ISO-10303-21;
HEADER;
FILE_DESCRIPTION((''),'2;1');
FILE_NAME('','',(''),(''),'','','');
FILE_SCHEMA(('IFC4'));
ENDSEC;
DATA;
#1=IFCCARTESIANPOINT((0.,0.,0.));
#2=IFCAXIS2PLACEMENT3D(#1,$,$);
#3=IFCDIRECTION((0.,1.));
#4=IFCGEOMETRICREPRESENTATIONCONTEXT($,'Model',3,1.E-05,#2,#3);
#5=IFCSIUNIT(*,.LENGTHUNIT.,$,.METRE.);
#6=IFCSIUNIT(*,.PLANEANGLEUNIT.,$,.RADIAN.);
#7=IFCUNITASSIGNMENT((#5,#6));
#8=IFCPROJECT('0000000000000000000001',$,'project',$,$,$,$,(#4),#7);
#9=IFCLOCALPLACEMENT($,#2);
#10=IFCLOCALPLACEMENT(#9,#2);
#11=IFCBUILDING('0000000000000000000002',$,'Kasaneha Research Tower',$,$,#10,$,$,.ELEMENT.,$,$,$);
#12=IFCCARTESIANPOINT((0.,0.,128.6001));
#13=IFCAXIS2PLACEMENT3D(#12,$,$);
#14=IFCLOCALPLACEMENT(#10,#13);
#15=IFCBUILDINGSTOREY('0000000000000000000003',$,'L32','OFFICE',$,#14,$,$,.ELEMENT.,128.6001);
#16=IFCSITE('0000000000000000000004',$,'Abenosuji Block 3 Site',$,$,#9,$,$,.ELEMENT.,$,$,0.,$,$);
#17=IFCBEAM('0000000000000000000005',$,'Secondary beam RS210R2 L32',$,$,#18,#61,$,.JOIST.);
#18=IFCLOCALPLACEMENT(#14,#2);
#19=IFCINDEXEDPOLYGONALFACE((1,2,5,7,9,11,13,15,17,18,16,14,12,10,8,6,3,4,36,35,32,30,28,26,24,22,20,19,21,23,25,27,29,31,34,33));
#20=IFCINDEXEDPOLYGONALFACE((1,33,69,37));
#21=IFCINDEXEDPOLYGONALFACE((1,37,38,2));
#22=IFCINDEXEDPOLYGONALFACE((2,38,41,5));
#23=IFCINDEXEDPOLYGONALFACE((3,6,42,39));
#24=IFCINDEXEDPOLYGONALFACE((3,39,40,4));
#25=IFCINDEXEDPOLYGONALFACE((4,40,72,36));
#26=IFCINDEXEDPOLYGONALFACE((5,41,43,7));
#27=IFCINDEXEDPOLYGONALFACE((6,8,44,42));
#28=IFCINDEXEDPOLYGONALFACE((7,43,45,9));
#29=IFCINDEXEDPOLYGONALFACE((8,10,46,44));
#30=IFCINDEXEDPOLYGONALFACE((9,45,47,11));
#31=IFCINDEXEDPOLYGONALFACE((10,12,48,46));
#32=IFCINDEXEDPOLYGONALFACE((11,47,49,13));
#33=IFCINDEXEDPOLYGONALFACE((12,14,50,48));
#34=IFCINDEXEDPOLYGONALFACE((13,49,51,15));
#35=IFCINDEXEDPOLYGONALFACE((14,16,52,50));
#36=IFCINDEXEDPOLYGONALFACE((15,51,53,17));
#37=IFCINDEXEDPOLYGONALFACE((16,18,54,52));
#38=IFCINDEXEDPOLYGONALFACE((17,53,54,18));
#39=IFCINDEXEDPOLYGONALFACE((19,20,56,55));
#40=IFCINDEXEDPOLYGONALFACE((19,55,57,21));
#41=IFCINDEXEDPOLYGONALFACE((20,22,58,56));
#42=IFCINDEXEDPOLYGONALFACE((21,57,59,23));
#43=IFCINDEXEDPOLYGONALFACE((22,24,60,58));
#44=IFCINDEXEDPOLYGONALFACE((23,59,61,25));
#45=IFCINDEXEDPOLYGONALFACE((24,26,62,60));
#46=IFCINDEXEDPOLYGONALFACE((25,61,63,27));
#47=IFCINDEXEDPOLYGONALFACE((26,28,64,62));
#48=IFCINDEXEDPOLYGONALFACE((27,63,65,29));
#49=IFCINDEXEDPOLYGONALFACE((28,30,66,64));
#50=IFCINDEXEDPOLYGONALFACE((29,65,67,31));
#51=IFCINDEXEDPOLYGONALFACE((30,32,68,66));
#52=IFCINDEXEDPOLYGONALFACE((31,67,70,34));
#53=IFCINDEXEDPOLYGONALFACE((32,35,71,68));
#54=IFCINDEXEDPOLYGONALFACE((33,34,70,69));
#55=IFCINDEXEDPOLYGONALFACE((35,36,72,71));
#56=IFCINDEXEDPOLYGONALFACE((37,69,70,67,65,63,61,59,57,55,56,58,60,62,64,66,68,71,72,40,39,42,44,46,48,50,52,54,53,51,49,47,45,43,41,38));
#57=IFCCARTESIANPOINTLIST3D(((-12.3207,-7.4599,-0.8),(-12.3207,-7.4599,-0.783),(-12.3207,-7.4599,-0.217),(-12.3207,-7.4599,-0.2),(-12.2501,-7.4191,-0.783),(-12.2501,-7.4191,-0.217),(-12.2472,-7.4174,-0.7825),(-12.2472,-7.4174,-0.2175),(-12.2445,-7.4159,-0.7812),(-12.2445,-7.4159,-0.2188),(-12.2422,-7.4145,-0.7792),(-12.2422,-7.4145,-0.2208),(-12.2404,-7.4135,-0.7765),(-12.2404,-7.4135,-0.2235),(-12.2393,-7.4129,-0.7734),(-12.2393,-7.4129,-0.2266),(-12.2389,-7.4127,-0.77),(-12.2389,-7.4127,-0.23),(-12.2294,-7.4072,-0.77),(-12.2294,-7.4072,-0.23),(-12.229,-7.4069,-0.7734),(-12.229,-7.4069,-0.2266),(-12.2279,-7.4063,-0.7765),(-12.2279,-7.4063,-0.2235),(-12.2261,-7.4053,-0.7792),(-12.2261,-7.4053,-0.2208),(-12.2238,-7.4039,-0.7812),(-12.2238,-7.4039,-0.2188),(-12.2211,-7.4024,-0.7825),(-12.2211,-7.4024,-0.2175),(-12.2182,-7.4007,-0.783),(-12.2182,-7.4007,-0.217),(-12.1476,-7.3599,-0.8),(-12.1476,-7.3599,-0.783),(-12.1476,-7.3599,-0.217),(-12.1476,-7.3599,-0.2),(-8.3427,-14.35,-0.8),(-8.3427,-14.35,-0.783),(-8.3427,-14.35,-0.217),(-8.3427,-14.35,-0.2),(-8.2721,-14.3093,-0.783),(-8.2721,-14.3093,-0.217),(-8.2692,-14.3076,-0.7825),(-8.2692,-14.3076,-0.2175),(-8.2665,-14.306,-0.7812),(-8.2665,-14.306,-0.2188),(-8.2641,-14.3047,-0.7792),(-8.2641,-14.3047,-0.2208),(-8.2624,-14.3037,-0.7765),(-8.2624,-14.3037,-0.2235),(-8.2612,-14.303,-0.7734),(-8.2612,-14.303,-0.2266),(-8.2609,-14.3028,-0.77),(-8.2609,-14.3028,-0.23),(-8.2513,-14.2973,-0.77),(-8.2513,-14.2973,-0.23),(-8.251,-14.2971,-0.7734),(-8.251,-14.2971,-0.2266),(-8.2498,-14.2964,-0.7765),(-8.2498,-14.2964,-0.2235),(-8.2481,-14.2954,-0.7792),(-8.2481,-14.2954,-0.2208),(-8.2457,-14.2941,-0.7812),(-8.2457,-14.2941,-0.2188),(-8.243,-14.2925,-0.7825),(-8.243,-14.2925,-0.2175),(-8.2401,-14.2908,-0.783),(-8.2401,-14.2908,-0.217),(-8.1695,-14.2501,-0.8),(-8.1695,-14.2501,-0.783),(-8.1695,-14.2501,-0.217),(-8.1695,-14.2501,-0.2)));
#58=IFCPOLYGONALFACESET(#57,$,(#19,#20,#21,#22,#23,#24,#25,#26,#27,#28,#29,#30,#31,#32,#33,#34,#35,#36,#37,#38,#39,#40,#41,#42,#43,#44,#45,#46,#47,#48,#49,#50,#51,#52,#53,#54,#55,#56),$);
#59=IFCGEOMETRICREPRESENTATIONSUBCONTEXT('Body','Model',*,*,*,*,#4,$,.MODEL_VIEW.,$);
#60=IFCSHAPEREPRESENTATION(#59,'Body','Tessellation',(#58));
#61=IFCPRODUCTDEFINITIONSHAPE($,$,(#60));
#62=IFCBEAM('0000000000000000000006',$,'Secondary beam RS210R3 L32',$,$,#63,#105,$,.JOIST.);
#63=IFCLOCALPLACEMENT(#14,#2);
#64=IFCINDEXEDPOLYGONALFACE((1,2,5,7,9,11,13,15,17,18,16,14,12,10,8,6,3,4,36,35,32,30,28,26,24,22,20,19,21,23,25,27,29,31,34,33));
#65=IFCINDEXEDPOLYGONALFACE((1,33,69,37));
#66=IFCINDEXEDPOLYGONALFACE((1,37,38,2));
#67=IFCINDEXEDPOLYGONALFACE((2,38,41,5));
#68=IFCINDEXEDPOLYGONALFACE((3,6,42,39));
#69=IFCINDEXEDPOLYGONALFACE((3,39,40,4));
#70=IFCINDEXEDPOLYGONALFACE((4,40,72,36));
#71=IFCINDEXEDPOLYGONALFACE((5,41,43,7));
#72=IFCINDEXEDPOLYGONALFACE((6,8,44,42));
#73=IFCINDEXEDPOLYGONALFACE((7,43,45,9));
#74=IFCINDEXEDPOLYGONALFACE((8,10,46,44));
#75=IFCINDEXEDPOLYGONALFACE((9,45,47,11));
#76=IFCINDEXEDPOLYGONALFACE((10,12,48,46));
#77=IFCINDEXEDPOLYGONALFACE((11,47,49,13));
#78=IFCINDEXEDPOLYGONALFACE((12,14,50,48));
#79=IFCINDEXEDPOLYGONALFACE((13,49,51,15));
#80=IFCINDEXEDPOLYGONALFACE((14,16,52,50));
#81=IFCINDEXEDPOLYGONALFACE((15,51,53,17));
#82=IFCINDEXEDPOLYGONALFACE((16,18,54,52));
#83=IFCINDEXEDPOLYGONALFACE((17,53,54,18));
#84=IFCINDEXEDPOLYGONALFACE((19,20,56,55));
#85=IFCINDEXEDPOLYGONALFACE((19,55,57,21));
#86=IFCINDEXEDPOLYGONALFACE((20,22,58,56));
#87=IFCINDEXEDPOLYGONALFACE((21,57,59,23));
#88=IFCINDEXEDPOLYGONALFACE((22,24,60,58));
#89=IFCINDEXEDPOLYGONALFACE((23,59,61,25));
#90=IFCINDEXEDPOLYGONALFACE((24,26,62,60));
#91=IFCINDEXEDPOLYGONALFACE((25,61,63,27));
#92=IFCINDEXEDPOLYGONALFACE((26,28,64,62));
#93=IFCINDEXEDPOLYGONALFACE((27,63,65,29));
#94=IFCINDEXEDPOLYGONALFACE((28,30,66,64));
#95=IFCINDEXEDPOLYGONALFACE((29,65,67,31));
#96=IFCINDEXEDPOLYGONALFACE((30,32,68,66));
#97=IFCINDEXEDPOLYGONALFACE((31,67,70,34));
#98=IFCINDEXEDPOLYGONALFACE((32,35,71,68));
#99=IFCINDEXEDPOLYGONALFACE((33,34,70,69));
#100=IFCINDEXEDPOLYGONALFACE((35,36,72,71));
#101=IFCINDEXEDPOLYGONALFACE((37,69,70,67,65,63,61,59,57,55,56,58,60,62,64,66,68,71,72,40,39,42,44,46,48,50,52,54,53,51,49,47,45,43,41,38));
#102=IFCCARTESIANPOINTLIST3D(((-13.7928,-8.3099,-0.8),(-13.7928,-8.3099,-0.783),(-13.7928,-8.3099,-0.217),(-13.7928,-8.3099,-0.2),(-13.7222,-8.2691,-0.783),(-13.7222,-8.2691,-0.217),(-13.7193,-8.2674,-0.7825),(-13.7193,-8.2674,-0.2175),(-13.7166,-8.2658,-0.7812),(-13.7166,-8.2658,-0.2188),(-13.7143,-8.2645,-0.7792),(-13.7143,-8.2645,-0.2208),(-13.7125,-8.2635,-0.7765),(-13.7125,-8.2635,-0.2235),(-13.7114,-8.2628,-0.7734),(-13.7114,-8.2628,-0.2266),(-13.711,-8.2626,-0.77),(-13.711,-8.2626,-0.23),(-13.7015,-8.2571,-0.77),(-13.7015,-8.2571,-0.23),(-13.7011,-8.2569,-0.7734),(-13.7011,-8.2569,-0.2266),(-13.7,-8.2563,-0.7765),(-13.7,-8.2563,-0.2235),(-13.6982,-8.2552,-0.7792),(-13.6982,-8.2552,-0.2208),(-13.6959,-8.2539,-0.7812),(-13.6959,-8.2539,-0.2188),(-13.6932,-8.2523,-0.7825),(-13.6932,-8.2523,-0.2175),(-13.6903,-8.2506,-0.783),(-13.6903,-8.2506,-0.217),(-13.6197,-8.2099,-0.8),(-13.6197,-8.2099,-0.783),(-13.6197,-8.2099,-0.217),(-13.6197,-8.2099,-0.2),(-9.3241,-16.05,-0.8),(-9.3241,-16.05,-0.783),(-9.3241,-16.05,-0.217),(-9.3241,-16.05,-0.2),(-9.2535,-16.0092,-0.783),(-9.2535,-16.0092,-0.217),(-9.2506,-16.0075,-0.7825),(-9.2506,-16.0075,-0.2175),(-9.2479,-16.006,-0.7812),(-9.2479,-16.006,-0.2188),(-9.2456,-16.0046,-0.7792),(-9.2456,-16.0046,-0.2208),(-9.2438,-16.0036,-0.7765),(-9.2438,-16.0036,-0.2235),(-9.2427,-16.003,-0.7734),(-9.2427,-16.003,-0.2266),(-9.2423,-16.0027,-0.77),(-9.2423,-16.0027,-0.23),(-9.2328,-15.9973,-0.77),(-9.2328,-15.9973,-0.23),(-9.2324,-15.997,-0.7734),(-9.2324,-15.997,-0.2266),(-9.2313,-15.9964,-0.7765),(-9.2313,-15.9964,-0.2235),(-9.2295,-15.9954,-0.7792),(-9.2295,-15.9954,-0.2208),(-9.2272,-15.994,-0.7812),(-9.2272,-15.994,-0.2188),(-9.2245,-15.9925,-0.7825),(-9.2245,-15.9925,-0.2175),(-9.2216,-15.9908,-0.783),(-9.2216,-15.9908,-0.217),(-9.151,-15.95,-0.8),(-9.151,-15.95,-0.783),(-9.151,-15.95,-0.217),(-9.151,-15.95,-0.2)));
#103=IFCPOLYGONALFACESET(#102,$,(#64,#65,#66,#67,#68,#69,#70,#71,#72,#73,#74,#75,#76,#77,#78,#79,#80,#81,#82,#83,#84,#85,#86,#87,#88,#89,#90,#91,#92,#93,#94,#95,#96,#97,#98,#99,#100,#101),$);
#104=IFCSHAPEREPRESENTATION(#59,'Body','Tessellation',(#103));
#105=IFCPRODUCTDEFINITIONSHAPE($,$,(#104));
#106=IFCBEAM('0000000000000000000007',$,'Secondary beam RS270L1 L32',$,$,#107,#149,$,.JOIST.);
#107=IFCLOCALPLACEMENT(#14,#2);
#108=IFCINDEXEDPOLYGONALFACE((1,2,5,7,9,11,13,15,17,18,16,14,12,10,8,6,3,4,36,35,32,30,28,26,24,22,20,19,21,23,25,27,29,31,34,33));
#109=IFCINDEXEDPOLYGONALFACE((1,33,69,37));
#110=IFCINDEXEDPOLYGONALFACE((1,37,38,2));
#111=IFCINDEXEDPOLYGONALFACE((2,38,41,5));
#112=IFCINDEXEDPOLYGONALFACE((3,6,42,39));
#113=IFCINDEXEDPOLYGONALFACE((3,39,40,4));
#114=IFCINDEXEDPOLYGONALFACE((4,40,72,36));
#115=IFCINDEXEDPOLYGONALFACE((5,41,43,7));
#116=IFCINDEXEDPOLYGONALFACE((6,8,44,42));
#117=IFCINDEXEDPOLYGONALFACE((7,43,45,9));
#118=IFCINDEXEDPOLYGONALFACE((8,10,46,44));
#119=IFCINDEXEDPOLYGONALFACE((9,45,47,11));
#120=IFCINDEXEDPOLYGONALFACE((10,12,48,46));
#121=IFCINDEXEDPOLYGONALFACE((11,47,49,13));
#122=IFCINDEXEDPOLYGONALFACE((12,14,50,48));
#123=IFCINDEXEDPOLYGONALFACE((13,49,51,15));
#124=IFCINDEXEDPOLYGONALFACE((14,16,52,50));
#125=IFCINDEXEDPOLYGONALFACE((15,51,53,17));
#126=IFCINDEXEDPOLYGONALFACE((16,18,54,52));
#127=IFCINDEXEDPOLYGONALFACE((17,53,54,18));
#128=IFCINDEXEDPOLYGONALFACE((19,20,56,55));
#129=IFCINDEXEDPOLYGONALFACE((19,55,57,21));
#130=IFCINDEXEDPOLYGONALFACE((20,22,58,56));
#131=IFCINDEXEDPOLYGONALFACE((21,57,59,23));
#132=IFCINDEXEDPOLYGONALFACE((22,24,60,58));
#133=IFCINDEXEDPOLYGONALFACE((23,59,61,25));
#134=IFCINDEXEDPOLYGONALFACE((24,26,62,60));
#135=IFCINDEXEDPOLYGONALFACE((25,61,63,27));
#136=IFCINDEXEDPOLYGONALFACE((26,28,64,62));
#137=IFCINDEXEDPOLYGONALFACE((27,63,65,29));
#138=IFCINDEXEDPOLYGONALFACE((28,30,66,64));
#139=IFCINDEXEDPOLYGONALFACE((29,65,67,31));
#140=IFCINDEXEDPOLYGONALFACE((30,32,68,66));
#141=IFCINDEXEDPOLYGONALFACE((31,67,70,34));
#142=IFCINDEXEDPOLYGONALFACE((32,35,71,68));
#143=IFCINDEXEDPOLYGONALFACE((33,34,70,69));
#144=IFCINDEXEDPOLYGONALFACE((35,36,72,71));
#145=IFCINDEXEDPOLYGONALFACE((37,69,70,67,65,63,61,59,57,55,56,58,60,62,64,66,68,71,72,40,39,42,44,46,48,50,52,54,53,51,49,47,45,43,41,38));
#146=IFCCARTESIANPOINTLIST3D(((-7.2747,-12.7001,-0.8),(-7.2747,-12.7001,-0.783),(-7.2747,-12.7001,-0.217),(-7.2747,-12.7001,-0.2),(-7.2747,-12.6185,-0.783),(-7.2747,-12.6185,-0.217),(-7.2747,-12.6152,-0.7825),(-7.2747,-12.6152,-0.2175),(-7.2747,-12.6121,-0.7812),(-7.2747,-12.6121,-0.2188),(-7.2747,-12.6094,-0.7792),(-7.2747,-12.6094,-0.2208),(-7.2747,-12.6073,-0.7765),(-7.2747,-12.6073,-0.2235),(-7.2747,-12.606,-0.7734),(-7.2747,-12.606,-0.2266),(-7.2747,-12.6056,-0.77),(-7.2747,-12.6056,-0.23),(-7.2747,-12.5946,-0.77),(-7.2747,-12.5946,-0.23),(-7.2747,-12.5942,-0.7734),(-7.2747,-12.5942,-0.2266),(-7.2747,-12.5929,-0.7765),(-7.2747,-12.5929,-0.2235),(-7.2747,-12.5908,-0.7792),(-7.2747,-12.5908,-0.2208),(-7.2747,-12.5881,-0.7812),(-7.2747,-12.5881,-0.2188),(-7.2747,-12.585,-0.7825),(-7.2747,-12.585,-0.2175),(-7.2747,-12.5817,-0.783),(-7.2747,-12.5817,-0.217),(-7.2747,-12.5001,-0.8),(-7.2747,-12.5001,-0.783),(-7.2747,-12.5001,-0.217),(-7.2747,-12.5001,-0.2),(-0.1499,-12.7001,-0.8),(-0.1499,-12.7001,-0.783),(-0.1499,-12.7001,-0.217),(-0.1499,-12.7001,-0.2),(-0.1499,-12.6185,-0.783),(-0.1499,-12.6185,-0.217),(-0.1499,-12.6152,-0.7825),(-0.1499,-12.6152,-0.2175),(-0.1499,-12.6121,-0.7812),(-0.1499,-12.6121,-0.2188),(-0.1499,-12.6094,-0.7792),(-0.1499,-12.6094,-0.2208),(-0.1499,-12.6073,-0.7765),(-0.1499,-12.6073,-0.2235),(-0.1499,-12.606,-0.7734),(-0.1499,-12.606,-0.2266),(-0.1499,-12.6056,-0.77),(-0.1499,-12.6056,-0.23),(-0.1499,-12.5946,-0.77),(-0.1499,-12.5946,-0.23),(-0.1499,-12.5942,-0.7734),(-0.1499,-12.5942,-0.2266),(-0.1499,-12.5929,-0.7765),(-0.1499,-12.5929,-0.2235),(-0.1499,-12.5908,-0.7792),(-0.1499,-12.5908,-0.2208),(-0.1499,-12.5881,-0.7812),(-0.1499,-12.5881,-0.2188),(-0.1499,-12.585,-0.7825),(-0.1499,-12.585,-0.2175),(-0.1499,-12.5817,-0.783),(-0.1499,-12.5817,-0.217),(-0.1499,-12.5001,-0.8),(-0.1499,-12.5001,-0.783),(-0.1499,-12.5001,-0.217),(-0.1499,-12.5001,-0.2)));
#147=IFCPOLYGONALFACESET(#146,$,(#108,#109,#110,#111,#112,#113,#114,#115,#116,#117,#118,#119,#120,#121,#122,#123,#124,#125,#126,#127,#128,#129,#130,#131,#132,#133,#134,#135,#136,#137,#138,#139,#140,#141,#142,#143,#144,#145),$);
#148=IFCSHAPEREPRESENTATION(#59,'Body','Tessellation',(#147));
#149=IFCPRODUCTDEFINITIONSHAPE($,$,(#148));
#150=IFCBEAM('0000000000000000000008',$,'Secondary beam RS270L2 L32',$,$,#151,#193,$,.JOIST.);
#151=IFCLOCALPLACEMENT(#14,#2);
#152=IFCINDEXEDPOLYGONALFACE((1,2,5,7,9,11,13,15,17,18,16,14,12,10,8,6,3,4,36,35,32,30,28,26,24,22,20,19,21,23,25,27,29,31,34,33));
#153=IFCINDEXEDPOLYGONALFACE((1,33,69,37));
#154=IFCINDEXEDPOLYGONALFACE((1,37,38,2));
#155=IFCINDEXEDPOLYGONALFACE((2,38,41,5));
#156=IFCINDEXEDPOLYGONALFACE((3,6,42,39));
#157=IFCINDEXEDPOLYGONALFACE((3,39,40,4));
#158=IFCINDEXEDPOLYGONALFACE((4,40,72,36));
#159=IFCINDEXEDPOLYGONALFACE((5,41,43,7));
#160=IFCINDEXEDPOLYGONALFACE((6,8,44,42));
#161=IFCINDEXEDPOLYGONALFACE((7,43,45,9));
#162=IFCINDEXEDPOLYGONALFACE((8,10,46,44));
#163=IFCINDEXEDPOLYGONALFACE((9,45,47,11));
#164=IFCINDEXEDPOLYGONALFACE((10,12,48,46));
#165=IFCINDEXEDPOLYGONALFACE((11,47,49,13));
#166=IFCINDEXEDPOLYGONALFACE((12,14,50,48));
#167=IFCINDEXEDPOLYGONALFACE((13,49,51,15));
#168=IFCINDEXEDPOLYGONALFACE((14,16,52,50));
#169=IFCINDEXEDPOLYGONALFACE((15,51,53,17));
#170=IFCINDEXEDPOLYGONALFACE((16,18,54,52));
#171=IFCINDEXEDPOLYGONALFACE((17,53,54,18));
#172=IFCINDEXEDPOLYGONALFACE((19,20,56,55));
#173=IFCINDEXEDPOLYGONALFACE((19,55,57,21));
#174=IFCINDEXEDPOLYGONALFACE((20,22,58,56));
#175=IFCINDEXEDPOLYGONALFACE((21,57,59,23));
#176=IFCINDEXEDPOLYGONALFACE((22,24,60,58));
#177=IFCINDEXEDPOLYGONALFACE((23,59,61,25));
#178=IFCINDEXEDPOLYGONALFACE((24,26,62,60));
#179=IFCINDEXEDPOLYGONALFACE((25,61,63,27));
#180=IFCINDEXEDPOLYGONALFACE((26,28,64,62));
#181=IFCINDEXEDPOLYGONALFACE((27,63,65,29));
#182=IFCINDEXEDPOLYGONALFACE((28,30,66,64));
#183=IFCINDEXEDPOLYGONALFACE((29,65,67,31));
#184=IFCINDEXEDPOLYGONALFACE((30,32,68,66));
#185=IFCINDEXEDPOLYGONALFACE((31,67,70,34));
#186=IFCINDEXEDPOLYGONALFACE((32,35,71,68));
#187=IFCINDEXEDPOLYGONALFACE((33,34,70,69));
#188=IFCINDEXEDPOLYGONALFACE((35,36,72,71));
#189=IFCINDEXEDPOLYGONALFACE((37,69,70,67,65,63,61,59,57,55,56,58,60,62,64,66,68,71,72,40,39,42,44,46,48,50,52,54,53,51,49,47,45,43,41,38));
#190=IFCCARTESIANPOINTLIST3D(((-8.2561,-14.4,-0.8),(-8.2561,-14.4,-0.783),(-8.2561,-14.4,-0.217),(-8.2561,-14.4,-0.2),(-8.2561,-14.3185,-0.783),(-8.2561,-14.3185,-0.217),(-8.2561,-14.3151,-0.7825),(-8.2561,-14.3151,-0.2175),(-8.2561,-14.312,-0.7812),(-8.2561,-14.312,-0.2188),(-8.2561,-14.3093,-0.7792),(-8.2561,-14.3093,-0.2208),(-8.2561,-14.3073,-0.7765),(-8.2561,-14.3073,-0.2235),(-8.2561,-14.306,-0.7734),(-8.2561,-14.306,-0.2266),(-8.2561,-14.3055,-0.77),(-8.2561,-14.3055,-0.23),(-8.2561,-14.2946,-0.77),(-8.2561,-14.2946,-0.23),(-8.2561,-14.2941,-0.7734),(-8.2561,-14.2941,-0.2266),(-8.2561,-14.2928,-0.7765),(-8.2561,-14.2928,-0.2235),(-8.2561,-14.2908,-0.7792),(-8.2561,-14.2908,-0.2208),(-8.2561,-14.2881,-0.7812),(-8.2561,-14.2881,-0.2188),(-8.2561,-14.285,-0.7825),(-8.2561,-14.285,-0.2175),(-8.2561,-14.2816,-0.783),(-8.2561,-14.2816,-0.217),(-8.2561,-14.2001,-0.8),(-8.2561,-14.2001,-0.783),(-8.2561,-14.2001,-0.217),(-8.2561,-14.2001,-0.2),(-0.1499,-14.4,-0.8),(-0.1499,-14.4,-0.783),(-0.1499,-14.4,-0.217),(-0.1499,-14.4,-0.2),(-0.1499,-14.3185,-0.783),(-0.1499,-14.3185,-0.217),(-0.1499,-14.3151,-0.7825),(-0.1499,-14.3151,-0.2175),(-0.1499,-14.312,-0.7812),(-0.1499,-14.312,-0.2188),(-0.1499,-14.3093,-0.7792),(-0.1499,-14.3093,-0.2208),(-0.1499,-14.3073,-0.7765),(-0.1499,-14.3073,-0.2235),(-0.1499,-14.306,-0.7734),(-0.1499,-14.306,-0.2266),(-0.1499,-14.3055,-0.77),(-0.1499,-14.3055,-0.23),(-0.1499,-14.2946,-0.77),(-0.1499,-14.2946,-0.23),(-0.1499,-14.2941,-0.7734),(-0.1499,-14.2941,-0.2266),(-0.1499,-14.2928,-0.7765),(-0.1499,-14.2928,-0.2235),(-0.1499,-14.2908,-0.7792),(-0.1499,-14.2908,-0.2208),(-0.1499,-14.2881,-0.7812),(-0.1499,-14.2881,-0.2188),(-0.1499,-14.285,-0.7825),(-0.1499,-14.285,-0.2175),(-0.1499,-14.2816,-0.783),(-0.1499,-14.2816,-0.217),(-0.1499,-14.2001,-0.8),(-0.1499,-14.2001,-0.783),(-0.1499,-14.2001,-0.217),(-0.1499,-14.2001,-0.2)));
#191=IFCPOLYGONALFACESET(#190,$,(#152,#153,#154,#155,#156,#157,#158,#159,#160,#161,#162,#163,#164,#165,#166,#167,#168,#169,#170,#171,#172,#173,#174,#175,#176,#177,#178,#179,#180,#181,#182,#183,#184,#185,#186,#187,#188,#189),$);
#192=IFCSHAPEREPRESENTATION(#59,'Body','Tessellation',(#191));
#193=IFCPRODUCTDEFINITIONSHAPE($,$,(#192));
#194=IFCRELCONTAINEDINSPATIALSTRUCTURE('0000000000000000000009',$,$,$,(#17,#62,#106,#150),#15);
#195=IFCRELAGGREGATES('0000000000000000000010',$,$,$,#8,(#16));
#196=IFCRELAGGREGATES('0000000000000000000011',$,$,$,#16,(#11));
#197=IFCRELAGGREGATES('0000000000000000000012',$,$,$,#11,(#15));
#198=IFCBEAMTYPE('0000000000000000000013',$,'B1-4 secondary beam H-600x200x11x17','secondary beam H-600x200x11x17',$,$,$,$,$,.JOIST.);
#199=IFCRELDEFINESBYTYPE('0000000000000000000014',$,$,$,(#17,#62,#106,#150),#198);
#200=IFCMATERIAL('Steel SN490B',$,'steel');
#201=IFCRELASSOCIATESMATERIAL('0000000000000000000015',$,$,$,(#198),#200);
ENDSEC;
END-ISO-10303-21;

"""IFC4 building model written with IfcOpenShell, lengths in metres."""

from ifc_helpers import new_model, si_unit, direction, frame, origin, origin_2d, place, context, subcontext, project, spatial, i_section, extrude, material, material_profile, profile_set, type_object, element, save


model = new_model("IFC4")

# Units and contexts
model_context = context("Model", 3, precision=1e-05, world=origin(), true_north=direction((0.0, 1.0)))
body_context = subcontext(model_context, "Body", "Model", "MODEL_VIEW")
ifc_project = project(units=[si_unit("LENGTHUNIT", "METRE"), si_unit("PLANEANGLEUNIT", "RADIAN")], contexts=[model_context])

# Site, building, storey
site_placement = place(None, origin())
site = spatial("IfcSite", under=ifc_project, at=site_placement, Name="Abenosuji Block 3 Site", CompositionType="ELEMENT", RefElevation=0.0)
building_placement = place(site_placement, origin())
building = spatial("IfcBuilding", under=site, at=building_placement, Name="Kasaneha Research Tower", CompositionType="ELEMENT")
storey_placement = place(building_placement, frame((0.0, 0.0, 128.6001)))
storey = spatial("IfcBuildingStorey", under=building, at=storey_placement, Name="L32", Description="OFFICE", CompositionType="ELEMENT", Elevation=128.6001)

# Beams
ifc_material_1 = material(Name="Steel SN490B", Category="steel")
ifc_material_profile_1 = material_profile(ifc_material_1, i_section(OverallWidth=0.2, OverallDepth=0.6001, WebThickness=0.011, FlangeThickness=0.0171, FilletRadius=0.0129, at=origin_2d()), Name="H-600x200x11x17")
ifc_profile_set_1 = profile_set([ifc_material_profile_1], Name="Steel SN490B")
beam_type_1 = type_object("IfcBeamType", Name="B1-4 secondary beam H-600x200x11x17", Description="secondary beam H-600x200x11x17", PredefinedType="JOIST", material=ifc_profile_set_1)
beam_1_placement = place(storey_placement, frame((-8.2561, -14.3, -0.5), z_axis=(-0.5, 0.866025, 0.0), x_axis=(-0.866025, -0.5, 0.0)))
element("IfcBeam", 1, at=beam_1_placement, inside=storey, type_object=beam_type_1, Name="Secondary beam RS210R2 L32", PredefinedType="JOIST", context=body_context, shape_type="SweptSolid", body=[
    extrude(i_section(OverallWidth=0.2, OverallDepth=0.6001, WebThickness=0.011, FlangeThickness=0.0171, FilletRadius=0.0129, at=origin_2d()), origin(), (0.0, 0.0, 1.0), 7.9561),
])
beam_2_placement = place(storey_placement, frame((-9.2375, -16.0, -0.5), z_axis=(-0.499994, 0.866029, 0.0), x_axis=(-0.866029, -0.499994, 0.0)))
element("IfcBeam", 2, at=beam_2_placement, inside=storey, type_object=beam_type_1, Name="Secondary beam RS210R3 L32", PredefinedType="JOIST", context=body_context, shape_type="SweptSolid", body=[
    extrude(i_section(OverallWidth=0.2, OverallDepth=0.6001, WebThickness=0.011, FlangeThickness=0.0171, FilletRadius=0.0129, at=origin_2d()), origin(), (0.0, 0.0, 1.0), 8.9375),
])
beam_3_placement = place(storey_placement, frame((-7.2747, -12.6001, -0.5), z_axis=(1.0, 0.0, 0.0), x_axis=(0.0, 1.0, 0.0)))
element("IfcBeam", 3, at=beam_3_placement, inside=storey, type_object=beam_type_1, Name="Secondary beam RS270L1 L32", PredefinedType="JOIST", context=body_context, shape_type="SweptSolid", body=[
    extrude(i_section(OverallWidth=0.2, OverallDepth=0.6001, WebThickness=0.011, FlangeThickness=0.0171, FilletRadius=0.0129, at=origin_2d()), origin(), (0.0, 0.0, 1.0), 7.1248),
])
beam_4_placement = place(storey_placement, frame((-8.2561, -14.3, -0.5), z_axis=(1.0, 0.0, 0.0), x_axis=(0.0, 1.0, 0.0)))
element("IfcBeam", 4, at=beam_4_placement, inside=storey, type_object=beam_type_1, Name="Secondary beam RS270L2 L32", PredefinedType="JOIST", context=body_context, shape_type="SweptSolid", body=[
    extrude(i_section(OverallWidth=0.2, OverallDepth=0.6001, WebThickness=0.011, FlangeThickness=0.0171, FilletRadius=0.0129, at=origin_2d()), origin(), (0.0, 0.0, 1.0), 8.1062),
])

save(model, "model.ifc")
